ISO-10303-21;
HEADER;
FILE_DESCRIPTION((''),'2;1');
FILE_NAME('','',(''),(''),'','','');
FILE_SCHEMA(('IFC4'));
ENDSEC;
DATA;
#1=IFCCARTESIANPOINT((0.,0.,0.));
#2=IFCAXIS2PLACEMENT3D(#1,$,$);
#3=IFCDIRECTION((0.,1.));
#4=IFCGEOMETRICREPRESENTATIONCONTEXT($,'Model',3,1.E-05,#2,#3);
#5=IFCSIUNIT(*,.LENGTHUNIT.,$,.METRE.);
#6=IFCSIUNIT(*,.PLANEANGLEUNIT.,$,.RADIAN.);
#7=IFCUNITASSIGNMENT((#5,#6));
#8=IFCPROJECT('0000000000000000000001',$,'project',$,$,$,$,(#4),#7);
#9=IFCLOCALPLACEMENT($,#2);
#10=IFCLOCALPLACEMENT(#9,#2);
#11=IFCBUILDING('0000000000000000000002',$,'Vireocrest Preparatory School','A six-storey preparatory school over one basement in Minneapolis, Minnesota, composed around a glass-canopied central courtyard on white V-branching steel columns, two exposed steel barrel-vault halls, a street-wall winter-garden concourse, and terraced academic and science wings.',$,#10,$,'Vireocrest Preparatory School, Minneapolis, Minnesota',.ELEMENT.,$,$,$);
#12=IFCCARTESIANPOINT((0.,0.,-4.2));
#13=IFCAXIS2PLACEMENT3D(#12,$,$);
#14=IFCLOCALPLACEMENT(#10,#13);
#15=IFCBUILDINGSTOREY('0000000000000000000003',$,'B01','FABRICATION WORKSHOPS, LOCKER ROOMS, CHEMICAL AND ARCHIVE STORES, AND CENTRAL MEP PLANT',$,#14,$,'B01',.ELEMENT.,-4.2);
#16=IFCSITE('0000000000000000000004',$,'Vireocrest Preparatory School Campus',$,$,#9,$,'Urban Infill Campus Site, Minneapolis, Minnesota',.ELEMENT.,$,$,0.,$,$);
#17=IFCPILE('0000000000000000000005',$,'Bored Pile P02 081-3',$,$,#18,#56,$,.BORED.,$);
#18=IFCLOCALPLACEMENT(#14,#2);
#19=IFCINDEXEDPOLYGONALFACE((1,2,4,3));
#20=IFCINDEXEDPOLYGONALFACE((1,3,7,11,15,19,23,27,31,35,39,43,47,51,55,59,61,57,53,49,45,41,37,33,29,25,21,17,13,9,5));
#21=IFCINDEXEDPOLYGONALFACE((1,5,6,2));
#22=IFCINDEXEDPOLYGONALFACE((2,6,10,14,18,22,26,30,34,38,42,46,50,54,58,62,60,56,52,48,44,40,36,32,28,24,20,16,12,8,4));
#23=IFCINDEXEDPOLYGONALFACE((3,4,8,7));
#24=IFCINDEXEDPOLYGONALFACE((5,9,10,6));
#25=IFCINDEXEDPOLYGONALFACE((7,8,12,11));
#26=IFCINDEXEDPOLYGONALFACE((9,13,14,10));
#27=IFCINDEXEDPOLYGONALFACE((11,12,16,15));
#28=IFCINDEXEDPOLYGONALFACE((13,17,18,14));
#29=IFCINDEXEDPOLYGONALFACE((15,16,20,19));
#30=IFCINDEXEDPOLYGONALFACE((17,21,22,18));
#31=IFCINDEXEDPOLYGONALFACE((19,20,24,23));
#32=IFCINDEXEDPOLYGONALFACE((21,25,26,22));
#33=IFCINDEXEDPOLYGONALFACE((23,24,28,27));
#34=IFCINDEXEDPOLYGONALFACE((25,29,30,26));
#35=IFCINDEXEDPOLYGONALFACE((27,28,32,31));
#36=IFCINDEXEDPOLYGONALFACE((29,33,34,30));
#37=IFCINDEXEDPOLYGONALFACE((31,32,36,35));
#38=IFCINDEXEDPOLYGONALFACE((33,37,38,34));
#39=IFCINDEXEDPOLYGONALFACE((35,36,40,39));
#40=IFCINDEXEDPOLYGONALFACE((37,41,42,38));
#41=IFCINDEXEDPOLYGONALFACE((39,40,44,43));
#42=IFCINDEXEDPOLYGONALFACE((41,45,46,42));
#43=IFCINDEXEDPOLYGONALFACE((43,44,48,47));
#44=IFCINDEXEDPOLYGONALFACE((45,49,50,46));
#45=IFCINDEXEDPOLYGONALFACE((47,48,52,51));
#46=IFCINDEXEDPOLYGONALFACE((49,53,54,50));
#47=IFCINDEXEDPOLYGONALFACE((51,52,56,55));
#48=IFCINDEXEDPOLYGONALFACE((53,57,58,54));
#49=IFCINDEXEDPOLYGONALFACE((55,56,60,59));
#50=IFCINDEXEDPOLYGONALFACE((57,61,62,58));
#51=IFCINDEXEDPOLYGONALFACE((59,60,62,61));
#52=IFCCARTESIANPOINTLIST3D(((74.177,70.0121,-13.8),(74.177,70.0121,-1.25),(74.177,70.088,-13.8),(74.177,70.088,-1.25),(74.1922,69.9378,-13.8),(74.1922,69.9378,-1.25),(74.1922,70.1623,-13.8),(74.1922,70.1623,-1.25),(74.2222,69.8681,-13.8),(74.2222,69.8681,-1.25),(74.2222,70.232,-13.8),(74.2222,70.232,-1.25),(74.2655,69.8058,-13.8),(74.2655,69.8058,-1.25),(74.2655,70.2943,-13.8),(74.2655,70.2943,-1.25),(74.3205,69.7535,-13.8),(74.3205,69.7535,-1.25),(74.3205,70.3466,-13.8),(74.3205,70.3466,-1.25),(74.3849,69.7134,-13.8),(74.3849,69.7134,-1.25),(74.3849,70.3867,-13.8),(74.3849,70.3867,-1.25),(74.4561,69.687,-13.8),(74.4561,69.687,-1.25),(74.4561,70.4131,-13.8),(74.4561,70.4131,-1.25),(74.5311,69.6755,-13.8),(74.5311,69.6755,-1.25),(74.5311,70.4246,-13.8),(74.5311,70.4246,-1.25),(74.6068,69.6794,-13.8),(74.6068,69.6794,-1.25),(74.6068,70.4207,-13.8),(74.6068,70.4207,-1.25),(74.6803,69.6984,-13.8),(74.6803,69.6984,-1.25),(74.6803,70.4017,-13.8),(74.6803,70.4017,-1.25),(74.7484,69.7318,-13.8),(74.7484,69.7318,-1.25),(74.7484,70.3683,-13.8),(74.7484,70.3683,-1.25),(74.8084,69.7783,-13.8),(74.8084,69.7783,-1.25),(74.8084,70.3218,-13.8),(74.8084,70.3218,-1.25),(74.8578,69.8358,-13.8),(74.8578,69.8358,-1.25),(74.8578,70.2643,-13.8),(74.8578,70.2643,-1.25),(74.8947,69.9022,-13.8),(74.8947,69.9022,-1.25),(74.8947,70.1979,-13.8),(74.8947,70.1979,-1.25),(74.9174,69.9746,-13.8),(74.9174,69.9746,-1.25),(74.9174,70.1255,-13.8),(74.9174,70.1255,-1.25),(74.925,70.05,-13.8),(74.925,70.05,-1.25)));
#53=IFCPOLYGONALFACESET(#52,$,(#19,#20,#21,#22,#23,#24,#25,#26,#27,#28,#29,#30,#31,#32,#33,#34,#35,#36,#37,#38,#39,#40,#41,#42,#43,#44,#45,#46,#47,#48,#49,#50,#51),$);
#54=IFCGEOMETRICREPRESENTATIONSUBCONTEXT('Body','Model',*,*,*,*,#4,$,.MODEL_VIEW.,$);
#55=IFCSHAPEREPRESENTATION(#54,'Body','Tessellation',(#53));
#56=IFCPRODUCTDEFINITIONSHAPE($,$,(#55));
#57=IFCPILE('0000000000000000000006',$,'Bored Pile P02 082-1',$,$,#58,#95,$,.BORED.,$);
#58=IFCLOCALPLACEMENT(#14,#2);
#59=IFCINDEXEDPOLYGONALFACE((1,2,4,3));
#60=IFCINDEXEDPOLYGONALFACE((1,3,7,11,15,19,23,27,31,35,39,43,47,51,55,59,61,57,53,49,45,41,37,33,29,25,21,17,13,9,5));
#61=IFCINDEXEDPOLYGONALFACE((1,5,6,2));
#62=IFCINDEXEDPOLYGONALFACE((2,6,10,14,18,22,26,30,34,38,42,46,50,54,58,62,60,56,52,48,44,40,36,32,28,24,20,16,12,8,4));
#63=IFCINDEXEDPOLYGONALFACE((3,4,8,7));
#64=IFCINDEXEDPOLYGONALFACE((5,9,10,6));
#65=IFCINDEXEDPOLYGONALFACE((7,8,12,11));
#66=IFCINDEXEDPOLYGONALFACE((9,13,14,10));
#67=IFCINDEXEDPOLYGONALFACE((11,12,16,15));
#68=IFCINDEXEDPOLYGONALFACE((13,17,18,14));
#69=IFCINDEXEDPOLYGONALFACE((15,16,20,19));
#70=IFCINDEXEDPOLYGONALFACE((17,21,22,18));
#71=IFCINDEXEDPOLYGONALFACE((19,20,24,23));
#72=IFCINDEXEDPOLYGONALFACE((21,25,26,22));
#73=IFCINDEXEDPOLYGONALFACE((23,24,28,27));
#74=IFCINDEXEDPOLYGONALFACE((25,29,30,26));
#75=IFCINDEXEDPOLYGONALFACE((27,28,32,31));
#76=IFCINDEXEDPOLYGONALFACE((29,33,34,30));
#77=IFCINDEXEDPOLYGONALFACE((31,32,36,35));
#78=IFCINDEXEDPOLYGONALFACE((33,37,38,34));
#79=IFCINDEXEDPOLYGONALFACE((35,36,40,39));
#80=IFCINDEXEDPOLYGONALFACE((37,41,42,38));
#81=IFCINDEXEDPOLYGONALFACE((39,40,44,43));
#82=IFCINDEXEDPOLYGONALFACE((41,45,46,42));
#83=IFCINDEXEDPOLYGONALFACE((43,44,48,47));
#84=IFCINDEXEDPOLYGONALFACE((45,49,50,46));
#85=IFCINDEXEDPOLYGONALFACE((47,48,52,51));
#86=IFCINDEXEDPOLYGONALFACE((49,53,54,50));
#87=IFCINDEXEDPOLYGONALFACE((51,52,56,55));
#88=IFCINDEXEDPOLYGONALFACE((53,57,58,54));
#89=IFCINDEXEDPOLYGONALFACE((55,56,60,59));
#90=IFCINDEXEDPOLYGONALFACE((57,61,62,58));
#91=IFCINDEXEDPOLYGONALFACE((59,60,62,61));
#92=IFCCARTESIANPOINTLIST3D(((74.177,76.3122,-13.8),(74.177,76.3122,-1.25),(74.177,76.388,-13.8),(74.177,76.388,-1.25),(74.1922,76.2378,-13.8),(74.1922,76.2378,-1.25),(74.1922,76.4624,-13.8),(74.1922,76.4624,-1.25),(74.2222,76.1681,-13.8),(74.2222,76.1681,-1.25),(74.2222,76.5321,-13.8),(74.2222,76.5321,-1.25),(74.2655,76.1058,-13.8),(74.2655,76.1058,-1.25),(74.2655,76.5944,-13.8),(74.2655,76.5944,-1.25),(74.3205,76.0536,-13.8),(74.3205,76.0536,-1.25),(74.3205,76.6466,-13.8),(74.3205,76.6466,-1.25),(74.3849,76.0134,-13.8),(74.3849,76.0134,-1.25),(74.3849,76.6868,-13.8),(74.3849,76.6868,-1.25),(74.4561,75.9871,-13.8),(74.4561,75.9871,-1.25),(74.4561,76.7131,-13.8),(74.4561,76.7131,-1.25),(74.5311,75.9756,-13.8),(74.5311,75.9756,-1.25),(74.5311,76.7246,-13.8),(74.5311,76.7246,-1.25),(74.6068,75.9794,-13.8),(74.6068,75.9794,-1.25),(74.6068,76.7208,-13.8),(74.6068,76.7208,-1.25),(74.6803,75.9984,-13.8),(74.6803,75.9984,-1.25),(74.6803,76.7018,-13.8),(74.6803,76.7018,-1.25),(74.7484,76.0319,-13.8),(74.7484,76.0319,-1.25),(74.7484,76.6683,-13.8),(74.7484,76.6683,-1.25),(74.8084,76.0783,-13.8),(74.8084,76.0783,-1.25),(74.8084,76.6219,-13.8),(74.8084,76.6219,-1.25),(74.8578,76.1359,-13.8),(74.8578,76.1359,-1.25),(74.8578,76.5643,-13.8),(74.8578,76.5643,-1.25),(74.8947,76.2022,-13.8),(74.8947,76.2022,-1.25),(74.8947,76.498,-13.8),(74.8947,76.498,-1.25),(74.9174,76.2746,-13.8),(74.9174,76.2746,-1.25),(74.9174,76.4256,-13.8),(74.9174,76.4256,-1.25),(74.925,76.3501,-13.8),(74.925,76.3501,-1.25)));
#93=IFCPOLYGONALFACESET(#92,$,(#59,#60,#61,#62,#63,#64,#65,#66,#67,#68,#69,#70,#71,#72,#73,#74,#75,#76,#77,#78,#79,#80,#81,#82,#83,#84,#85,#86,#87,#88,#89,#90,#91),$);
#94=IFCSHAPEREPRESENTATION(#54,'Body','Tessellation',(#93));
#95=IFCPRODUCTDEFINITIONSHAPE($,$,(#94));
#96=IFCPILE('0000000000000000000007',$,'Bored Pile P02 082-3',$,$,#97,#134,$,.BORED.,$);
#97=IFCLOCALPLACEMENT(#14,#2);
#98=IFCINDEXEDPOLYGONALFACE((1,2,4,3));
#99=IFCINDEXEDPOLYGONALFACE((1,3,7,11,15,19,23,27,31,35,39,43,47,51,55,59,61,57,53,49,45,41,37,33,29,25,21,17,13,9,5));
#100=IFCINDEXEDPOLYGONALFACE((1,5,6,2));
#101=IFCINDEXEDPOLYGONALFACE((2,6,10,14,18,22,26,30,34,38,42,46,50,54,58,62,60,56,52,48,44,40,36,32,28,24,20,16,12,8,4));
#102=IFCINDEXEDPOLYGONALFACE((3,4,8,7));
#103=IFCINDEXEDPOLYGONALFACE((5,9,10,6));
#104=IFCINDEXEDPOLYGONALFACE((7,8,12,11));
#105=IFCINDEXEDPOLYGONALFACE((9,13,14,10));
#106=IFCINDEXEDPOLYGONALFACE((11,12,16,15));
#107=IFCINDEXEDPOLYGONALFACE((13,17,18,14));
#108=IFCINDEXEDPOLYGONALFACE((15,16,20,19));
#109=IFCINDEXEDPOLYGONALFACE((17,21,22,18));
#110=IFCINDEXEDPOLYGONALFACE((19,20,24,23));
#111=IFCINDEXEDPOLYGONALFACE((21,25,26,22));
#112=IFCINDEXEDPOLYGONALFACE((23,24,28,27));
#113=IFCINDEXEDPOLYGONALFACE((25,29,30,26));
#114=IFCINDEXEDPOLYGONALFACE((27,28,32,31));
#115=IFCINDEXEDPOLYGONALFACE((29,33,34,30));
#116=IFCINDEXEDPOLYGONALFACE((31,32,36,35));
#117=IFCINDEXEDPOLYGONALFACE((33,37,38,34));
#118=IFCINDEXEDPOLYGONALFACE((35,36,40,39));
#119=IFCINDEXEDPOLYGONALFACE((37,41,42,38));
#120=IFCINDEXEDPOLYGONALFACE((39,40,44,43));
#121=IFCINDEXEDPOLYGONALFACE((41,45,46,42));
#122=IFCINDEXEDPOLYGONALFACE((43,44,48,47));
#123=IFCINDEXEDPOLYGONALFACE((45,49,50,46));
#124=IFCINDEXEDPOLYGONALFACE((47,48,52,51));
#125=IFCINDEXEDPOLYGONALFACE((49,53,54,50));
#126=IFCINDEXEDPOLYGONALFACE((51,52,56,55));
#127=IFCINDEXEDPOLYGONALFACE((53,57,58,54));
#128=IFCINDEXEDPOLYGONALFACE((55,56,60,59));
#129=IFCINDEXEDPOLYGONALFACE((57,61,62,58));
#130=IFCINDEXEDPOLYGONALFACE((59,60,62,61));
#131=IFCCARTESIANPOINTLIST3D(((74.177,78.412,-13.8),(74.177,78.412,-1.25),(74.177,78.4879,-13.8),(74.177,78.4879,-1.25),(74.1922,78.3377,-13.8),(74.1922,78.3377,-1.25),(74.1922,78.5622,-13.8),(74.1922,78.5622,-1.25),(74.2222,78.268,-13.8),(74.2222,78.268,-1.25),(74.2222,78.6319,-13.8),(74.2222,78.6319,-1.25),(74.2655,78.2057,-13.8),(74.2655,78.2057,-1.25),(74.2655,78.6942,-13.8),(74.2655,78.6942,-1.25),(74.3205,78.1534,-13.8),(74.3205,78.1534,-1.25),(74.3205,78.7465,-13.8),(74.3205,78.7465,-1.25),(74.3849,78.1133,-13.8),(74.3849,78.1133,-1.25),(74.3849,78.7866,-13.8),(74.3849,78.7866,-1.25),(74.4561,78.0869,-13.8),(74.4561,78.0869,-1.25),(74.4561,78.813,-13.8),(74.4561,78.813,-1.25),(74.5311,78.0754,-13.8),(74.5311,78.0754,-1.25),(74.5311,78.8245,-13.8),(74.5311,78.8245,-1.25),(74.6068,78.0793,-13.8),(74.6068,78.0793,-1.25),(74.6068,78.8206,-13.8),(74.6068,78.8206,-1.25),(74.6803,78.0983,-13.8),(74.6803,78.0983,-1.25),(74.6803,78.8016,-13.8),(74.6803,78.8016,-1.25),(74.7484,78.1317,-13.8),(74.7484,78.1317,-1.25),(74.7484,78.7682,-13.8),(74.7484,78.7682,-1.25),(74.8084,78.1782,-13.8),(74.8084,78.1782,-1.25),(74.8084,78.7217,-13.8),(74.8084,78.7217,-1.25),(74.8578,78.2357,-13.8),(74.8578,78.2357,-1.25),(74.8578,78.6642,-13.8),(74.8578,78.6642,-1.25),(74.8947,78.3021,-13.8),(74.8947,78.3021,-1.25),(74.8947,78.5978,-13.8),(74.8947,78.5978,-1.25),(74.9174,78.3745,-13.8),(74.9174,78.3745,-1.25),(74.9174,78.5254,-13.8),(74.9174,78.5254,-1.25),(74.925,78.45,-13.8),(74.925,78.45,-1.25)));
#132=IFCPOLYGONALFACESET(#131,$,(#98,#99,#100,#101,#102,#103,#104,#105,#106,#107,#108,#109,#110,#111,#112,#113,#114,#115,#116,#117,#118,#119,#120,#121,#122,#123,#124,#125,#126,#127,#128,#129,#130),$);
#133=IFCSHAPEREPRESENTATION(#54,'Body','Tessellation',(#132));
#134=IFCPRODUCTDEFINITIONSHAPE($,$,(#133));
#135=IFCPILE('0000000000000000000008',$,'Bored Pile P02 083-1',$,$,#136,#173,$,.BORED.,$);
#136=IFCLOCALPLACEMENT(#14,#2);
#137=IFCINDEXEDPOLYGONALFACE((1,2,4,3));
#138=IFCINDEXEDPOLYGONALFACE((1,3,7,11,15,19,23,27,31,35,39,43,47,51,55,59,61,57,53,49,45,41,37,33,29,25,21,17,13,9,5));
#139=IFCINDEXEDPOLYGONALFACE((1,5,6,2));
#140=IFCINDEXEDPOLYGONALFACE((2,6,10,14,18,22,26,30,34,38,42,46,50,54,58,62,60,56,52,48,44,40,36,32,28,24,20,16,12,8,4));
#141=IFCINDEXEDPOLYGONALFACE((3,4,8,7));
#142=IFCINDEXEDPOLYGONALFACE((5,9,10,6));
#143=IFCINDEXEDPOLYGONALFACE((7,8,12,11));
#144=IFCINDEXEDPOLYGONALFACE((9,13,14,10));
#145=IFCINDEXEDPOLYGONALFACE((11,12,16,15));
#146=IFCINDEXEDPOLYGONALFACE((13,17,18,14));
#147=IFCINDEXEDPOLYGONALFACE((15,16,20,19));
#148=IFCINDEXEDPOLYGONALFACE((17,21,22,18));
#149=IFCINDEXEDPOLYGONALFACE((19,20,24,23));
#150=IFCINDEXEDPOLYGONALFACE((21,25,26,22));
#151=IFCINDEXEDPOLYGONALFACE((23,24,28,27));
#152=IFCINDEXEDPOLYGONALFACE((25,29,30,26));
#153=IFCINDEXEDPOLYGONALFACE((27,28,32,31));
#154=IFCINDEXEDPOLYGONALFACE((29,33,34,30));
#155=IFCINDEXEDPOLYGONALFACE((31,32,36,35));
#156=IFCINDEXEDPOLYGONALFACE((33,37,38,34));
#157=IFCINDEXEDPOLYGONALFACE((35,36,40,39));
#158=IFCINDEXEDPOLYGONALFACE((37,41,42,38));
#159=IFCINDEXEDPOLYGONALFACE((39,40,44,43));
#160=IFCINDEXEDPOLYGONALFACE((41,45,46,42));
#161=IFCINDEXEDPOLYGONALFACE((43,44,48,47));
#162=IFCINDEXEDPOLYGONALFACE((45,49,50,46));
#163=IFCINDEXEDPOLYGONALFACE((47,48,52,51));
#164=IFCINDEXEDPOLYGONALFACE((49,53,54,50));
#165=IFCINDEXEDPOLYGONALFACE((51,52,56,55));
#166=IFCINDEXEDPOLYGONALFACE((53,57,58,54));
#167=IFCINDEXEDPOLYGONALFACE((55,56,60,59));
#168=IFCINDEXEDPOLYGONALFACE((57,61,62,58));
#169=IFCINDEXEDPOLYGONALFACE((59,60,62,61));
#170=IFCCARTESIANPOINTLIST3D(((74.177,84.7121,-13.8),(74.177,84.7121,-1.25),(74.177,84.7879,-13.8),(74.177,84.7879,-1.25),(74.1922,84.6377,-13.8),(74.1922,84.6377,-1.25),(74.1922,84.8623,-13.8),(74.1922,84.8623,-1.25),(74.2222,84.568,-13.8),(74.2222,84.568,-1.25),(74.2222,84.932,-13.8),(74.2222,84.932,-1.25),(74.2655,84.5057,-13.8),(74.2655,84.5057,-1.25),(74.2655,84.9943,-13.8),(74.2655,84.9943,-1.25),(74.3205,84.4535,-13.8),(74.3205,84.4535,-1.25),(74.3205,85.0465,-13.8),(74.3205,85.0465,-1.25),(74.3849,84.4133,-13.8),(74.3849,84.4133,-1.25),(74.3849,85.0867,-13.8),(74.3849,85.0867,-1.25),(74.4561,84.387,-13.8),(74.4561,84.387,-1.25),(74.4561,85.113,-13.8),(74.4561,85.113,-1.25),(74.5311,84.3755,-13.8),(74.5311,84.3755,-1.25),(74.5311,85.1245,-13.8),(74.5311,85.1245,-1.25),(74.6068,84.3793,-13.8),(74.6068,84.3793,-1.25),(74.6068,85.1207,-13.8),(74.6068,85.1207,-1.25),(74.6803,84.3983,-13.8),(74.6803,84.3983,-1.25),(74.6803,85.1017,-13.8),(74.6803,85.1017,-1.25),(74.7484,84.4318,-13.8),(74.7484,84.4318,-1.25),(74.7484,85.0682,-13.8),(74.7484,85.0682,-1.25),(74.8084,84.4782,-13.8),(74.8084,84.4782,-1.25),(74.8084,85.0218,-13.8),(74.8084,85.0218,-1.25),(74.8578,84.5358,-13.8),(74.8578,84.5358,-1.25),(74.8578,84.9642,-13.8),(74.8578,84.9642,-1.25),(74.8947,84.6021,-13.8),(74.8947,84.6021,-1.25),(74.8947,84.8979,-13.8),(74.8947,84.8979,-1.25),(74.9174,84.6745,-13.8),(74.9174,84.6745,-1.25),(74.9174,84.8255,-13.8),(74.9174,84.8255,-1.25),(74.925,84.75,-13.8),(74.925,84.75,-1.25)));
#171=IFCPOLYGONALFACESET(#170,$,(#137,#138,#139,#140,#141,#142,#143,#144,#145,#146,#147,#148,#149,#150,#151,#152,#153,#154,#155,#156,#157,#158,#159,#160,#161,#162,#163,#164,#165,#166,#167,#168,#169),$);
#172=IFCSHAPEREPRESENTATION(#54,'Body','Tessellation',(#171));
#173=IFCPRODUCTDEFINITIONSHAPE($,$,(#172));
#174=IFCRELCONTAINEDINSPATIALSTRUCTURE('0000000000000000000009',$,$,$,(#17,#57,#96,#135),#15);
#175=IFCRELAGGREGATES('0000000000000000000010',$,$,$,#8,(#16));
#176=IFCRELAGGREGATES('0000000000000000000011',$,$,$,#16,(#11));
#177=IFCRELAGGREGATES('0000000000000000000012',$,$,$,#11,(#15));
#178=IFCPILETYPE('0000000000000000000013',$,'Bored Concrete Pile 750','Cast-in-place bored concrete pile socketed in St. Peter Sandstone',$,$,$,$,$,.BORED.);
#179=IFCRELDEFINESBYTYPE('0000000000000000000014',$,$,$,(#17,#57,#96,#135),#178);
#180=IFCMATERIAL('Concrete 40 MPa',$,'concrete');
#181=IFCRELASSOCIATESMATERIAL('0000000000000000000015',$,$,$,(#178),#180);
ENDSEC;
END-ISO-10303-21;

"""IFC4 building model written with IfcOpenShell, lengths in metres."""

from ifc_helpers import new_model, si_unit, direction, frame, origin, origin_2d, place, context, subcontext, project, spatial, circle, extrude, material, material_profile, profile_set, type_object, element, save


model = new_model("IFC4")

# Units and contexts
model_context = context("Model", 3, precision=1e-05, world=origin(), true_north=direction((0.0, 1.0)))
body_context = subcontext(model_context, "Body", "Model", "MODEL_VIEW")
ifc_project = project(units=[si_unit("LENGTHUNIT", "METRE"), si_unit("PLANEANGLEUNIT", "RADIAN")], contexts=[model_context])

# Site, building, storey
site_placement = place(None, origin())
site = spatial("IfcSite", under=ifc_project, at=site_placement, Name="Vireocrest Preparatory School Campus", LongName="Urban Infill Campus Site, Minneapolis, Minnesota", CompositionType="ELEMENT", RefElevation=0.0)
building_placement = place(site_placement, origin())
building = spatial("IfcBuilding", under=site, at=building_placement, Name="Vireocrest Preparatory School", Description="A six-storey preparatory school over one basement in Minneapolis, Minnesota, composed around a glass-canopied central courtyard on white V-branching steel columns, two exposed steel barrel-vault halls, a street-wall winter-garden concourse, and terraced academic and science wings.", LongName="Vireocrest Preparatory School, Minneapolis, Minnesota", CompositionType="ELEMENT")
storey_placement = place(building_placement, frame((0.0, 0.0, -4.2)))
storey = spatial("IfcBuildingStorey", under=building, at=storey_placement, Name="B01", Description="FABRICATION WORKSHOPS, LOCKER ROOMS, CHEMICAL AND ARCHIVE STORES, AND CENTRAL MEP PLANT", LongName="B01", CompositionType="ELEMENT", Elevation=-4.2)

# Piles
ifc_material_1 = material(Name="Concrete 40 MPa", Category="concrete")
ifc_material_profile_1 = material_profile(ifc_material_1, circle(Radius=0.375, at=origin_2d()), Name="BORED PILE 750")
ifc_profile_set_1 = profile_set([ifc_material_profile_1], Name="Concrete 40 MPa")
pile_type_1 = type_object("IfcPileType", Name="Bored Concrete Pile 750", Description="Cast-in-place bored concrete pile socketed in St. Peter Sandstone", PredefinedType="BORED", material=ifc_profile_set_1)
for number, where, z_axis, x_axis, name in (
    (1, (74.55, 70.05, -1.25), (0.0, 0.0, -1.0), (1.0, 0.0, 0.0), "Bored Pile P02 081-3"),
    (2, (74.55, 76.3501, -1.25), (0.0, 0.0, -1.0), (1.0, 0.0, 0.0), "Bored Pile P02 082-1"),
    (3, (74.55, 78.45, -1.25), (0.0, 0.0, -1.0), (1.0, 0.0, 0.0), "Bored Pile P02 082-3"),
    (4, (74.55, 84.75, -1.25), (0.0, 0.0, -1.0), (1.0, 0.0, 0.0), "Bored Pile P02 083-1"),
):
    element("IfcPile", number, at=place(storey_placement, frame(where, z_axis=z_axis, x_axis=x_axis)), inside=storey, type_object=pile_type_1, Name=name, PredefinedType="BORED", context=body_context, shape_type="SweptSolid", body=[
        extrude(circle(Radius=0.375, at=origin_2d()), origin(), (0.0, 0.0, 1.0), 12.55),
    ])

save(model, "model.ifc")
